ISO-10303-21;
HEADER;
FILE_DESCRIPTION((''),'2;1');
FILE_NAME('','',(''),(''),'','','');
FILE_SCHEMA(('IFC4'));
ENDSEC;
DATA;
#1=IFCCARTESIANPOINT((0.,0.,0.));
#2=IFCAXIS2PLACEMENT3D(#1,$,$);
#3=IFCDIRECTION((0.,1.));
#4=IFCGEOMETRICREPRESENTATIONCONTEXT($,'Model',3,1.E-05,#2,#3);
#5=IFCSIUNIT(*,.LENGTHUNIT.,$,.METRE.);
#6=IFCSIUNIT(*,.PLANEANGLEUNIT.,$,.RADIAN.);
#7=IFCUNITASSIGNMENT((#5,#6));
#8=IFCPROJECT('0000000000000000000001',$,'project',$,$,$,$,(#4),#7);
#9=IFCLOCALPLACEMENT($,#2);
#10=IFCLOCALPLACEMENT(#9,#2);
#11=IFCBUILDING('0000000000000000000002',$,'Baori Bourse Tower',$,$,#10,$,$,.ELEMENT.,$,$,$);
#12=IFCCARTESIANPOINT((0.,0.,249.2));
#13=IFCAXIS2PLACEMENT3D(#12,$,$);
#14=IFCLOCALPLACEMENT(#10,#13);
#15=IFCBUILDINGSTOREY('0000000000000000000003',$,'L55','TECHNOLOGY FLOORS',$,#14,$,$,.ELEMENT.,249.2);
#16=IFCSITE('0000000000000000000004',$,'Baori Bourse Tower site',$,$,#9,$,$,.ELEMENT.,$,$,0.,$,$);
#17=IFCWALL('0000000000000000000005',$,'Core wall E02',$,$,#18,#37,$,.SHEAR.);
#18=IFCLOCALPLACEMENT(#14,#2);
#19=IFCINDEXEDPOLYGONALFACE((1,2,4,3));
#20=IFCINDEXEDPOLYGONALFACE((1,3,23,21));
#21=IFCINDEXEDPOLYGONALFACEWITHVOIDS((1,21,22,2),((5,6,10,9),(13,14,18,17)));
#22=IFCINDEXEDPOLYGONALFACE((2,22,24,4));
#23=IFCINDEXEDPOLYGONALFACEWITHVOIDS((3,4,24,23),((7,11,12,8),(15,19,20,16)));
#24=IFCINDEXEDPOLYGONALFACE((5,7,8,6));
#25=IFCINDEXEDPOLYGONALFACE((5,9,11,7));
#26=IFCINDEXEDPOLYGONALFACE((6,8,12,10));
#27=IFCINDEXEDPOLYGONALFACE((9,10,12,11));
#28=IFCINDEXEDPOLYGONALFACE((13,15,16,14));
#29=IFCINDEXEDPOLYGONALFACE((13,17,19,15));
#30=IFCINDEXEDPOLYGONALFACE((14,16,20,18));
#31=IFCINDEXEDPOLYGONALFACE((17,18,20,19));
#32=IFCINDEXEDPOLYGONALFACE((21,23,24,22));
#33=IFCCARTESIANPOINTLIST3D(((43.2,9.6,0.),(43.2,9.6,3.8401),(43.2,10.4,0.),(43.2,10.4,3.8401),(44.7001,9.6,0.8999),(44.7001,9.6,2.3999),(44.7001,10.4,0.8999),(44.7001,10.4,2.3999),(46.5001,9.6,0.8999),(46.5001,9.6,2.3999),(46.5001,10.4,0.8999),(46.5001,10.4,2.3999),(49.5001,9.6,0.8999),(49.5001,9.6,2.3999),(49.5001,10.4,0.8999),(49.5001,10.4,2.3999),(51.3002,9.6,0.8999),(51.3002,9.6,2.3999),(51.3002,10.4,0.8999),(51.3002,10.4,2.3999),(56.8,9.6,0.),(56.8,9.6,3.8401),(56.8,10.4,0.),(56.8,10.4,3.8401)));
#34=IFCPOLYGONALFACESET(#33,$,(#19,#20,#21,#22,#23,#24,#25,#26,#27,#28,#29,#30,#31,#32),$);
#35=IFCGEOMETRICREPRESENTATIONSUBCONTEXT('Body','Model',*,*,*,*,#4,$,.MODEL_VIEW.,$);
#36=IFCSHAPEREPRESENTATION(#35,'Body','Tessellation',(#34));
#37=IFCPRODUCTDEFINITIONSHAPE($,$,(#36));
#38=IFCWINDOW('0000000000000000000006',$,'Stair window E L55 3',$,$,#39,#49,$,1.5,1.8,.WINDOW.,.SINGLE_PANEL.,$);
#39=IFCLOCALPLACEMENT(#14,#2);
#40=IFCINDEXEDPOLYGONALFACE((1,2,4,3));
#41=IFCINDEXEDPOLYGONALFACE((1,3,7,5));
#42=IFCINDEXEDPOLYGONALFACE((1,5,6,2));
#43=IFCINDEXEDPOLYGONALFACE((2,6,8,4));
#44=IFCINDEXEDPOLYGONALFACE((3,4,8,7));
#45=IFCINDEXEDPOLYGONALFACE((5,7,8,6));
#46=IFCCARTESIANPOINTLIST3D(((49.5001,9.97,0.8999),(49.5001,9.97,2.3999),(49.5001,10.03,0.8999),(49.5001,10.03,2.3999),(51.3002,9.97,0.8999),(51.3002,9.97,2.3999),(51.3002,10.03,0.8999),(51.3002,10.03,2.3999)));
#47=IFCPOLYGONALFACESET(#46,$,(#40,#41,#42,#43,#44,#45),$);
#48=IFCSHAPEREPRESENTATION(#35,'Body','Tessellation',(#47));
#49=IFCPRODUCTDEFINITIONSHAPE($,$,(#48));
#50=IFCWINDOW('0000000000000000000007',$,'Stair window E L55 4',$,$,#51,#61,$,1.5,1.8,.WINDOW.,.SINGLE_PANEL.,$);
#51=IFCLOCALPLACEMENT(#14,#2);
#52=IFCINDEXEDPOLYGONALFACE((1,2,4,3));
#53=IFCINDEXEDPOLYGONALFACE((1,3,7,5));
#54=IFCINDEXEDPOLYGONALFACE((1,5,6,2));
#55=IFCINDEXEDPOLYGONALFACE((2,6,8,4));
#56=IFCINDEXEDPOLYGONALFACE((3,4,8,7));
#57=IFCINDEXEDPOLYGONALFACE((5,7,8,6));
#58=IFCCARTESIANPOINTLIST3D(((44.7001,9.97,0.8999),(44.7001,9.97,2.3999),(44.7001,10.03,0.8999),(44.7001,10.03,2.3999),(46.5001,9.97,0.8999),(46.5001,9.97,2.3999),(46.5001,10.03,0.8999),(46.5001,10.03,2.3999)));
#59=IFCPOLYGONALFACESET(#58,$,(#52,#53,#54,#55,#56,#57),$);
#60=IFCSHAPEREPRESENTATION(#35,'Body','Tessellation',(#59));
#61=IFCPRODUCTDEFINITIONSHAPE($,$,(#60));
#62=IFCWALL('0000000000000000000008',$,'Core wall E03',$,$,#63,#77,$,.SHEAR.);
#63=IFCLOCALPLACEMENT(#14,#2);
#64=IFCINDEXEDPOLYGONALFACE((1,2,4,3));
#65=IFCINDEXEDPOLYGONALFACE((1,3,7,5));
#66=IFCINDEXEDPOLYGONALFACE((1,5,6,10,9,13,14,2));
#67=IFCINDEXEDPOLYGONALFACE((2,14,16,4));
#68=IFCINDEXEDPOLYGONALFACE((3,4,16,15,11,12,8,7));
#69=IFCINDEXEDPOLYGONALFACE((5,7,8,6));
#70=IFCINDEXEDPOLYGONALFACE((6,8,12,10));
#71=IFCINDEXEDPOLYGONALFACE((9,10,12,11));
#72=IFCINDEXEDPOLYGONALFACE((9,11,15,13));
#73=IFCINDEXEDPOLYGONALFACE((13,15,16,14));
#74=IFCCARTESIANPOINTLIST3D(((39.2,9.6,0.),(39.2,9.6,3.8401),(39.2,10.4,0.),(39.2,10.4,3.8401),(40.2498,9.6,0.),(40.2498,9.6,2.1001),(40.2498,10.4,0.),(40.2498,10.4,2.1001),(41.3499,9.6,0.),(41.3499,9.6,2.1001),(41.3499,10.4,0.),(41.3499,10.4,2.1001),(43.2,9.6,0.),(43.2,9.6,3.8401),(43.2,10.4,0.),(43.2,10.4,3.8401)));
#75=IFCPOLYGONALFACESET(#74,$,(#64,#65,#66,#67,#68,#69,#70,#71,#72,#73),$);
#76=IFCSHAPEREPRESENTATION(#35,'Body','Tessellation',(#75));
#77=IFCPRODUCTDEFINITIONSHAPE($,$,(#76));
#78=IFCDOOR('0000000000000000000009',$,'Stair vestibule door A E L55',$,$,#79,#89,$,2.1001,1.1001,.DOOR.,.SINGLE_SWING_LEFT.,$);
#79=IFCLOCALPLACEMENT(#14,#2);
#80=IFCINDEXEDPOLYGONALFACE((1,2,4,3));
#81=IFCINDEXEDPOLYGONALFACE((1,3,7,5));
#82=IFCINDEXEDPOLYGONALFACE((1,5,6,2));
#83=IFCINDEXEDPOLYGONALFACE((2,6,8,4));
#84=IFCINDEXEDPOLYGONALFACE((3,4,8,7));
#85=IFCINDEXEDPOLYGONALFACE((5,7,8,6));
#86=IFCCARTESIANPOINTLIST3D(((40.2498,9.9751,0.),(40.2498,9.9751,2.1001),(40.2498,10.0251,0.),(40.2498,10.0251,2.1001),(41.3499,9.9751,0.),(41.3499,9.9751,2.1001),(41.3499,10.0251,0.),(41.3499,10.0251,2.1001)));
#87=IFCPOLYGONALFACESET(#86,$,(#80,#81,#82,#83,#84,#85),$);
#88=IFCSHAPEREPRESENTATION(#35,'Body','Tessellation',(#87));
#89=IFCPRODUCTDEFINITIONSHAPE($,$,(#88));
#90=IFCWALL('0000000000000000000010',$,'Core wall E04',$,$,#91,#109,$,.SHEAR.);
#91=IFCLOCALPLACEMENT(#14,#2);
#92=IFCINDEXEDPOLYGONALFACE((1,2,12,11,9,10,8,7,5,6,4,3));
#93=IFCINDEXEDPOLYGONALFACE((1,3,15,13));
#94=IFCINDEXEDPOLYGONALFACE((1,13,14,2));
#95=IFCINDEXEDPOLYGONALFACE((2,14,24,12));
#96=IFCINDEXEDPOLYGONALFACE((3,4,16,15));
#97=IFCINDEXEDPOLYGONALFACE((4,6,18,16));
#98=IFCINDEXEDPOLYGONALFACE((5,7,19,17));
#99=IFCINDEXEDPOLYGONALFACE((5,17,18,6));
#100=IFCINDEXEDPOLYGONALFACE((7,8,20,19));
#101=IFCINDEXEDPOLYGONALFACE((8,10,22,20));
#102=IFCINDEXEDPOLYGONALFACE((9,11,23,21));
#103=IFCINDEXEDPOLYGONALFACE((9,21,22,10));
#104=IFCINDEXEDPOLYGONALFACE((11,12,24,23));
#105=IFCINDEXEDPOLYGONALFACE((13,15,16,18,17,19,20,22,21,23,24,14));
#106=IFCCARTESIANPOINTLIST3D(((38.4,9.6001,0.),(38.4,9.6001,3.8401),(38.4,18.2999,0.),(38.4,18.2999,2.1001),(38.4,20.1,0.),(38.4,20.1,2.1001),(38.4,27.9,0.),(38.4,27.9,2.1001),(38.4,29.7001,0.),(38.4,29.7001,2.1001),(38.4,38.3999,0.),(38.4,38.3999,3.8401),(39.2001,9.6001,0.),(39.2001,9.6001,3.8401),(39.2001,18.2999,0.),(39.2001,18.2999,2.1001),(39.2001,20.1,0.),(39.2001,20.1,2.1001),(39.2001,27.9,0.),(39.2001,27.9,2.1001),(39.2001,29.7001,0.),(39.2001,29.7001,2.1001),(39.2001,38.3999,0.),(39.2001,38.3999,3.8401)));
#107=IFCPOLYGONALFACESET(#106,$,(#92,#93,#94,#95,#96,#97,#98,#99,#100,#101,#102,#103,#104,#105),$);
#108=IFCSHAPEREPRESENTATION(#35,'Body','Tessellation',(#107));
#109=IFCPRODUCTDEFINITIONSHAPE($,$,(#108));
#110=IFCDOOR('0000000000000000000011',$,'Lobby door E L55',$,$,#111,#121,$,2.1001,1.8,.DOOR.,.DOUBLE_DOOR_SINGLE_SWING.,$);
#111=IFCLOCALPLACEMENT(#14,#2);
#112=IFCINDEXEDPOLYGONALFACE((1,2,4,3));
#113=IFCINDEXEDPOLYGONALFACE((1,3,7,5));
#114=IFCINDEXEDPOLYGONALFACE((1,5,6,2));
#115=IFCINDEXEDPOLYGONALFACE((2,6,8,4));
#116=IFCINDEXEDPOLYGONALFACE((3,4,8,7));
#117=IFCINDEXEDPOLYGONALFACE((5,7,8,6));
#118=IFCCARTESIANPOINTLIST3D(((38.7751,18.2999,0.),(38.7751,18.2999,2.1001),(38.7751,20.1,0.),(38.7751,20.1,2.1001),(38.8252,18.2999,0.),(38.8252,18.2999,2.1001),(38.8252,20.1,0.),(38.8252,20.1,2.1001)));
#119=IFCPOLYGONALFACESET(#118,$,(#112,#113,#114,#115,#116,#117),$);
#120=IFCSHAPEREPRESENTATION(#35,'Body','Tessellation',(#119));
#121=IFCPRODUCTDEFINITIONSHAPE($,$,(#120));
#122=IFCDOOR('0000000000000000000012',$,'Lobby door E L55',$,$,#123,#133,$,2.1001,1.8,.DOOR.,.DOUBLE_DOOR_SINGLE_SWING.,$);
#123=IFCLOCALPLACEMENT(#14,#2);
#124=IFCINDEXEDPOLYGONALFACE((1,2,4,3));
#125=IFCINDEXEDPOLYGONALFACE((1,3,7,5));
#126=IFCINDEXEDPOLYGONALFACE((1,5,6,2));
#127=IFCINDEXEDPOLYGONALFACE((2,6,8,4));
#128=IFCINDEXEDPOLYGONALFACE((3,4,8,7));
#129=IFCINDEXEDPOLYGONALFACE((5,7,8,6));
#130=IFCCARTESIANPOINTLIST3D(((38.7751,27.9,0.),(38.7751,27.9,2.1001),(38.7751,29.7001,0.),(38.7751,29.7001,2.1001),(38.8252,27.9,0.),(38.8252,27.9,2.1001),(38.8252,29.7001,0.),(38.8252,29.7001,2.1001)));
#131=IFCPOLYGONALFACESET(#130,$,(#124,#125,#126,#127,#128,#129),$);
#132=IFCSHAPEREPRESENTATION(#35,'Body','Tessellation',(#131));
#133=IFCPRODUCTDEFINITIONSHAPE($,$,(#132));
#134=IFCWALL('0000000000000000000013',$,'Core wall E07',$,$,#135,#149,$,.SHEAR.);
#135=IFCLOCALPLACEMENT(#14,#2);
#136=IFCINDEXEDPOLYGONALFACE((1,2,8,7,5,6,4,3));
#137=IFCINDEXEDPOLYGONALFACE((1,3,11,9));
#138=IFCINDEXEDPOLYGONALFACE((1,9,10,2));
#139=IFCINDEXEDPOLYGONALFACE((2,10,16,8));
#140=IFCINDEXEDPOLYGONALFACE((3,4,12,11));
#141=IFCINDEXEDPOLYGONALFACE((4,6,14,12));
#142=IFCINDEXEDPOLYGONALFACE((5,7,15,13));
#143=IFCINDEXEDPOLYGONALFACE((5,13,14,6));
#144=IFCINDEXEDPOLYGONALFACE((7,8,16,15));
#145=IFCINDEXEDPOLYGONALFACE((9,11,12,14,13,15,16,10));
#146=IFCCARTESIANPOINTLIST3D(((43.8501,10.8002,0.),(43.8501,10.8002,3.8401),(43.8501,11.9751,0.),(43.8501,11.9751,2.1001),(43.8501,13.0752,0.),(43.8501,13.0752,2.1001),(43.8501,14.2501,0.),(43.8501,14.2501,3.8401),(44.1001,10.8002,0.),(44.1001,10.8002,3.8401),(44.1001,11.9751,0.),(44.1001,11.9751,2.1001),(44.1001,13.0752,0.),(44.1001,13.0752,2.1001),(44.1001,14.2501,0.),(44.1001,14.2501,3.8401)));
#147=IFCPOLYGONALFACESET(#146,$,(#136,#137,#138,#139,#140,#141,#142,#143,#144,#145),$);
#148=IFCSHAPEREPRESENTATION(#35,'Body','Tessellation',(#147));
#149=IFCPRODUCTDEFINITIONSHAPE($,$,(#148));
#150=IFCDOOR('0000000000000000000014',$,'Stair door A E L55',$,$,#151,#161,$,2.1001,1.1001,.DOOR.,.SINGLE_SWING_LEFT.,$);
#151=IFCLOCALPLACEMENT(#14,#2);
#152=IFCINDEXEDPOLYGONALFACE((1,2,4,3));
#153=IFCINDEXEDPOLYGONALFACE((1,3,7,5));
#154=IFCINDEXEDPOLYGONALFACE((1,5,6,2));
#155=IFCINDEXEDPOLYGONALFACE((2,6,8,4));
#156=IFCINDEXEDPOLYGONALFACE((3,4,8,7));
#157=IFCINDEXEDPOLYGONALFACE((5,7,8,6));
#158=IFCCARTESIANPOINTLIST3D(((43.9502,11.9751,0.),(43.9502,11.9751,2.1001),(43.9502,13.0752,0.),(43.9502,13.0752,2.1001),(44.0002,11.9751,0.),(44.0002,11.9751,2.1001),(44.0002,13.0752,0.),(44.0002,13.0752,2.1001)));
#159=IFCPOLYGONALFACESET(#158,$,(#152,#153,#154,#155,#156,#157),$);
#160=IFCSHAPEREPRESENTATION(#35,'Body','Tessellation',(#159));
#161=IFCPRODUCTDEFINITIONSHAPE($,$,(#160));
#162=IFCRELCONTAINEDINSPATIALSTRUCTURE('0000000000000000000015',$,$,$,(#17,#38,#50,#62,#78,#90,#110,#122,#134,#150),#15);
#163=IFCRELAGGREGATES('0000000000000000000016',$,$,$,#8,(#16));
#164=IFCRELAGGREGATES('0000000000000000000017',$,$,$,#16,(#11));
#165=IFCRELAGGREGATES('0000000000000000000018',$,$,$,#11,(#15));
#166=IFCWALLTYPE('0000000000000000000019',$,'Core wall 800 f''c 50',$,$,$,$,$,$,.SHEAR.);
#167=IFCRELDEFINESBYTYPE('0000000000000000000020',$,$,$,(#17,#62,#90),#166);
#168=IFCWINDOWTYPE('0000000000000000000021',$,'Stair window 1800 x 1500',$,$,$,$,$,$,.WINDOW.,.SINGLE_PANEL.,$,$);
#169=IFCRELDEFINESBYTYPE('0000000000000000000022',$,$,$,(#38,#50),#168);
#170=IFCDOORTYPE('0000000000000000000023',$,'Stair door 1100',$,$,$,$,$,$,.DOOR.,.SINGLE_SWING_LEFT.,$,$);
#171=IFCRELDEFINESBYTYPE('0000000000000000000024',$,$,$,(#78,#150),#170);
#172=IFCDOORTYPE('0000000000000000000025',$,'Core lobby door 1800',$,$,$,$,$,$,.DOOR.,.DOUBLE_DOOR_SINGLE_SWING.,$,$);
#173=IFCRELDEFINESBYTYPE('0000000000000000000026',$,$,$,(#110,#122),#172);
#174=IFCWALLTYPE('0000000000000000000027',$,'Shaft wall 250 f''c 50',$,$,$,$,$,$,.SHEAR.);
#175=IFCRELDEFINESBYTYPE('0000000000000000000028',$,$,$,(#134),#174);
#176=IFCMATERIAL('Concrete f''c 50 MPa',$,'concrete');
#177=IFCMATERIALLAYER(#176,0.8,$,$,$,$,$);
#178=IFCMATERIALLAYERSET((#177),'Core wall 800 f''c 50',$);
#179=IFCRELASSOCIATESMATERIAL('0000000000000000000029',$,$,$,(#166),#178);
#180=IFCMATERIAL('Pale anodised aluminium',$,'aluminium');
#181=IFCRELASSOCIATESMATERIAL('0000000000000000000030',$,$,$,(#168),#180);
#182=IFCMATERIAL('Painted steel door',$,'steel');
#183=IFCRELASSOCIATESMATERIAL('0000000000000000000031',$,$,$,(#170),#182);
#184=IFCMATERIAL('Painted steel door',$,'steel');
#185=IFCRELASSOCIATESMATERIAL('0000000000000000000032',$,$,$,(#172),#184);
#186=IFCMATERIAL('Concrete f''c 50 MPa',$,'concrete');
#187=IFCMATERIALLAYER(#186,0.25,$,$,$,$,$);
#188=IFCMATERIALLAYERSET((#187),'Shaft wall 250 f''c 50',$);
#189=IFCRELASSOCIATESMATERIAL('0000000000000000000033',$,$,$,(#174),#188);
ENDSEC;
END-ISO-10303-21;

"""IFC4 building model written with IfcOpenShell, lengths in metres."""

from ifc_helpers import new_model, si_unit, direction, frame, frame_2d, origin, place, context, subcontext, project, spatial, rectangle, extrude, material, layer, layer_set, type_object, element, fill, save


model = new_model("IFC4")

# Units and contexts
model_context = context("Model", 3, precision=1e-05, world=origin(), true_north=direction((0.0, 1.0)))
body_context = subcontext(model_context, "Body", "Model", "MODEL_VIEW")
ifc_project = project(units=[si_unit("LENGTHUNIT", "METRE"), si_unit("PLANEANGLEUNIT", "RADIAN")], contexts=[model_context])

# Site, building, storey
site_placement = place(None, origin())
site = spatial("IfcSite", under=ifc_project, at=site_placement, Name="Baori Bourse Tower site", CompositionType="ELEMENT", RefElevation=0.0)
building_placement = place(site_placement, origin())
building = spatial("IfcBuilding", under=site, at=building_placement, Name="Baori Bourse Tower", CompositionType="ELEMENT")
storey_placement = place(building_placement, frame((0.0, 0.0, 249.2)))
storey = spatial("IfcBuildingStorey", under=building, at=storey_placement, Name="L55", Description="TECHNOLOGY FLOORS", CompositionType="ELEMENT", Elevation=249.2)

# Wall, openings, windows
ifc_material_1 = material(Name="Concrete f'c 50 MPa", Category="concrete")
ifc_layer_1 = layer(ifc_material_1, 0.8)
ifc_layer_set_1 = layer_set([ifc_layer_1], Name="Core wall 800 f'c 50")
wall_type_1 = type_object("IfcWallType", Name="Core wall 800 f'c 50", PredefinedType="SHEAR", material=ifc_layer_set_1)
wall_1_placement = place(storey_placement, frame((56.8, 10.0, 0.0), z_axis=(0.0, 0.0, 1.0), x_axis=(-1.0, 0.0, 0.0)))
wall_1 = element("IfcWall", 1, at=wall_1_placement, inside=storey, type_object=wall_type_1, Name="Core wall E02", PredefinedType="SHEAR", context=body_context, shape_type="SweptSolid", body=[
    extrude(rectangle(XDim=13.6001, YDim=0.8, at=frame_2d((6.8, 0.0))), origin(), (0.0, 0.0, 1.0), 3.8401),
])
opening_1_placement = place(wall_1_placement, frame((5.5, 0.0, 0.8999)))
opening_1 = element("IfcOpeningElement", 2, at=opening_1_placement, cuts=wall_1, PredefinedType="OPENING", context=body_context, shape_type="SweptSolid", body=[
    extrude(rectangle(XDim=1.8, YDim=1.5, at=frame_2d((0.8999, 0.75))), frame((0.0, 0.4099, 0.0), z_axis=(0.0, -1.0, 0.0), x_axis=(1.0, 0.0, 0.0)), (0.0, 0.0, 1.0), 0.8201),
])
opening_2_placement = place(wall_1_placement, frame((10.3, 0.0, 0.8999)))
opening_2 = element("IfcOpeningElement", 3, at=opening_2_placement, cuts=wall_1, PredefinedType="OPENING", context=body_context, shape_type="SweptSolid", body=[
    extrude(rectangle(XDim=1.8, YDim=1.5, at=frame_2d((0.8999, 0.75))), frame((0.0, 0.4099, 0.0), z_axis=(0.0, -1.0, 0.0), x_axis=(1.0, 0.0, 0.0)), (0.0, 0.0, 1.0), 0.8201),
])
ifc_material_2 = material(Name="Pale anodised aluminium", Category="aluminium")
window_type = type_object("IfcWindowType", Name="Stair window 1800 x 1500", PartitioningType="SINGLE_PANEL", PredefinedType="WINDOW", material=ifc_material_2)
window_1_placement = place(opening_1_placement, origin())
window_1 = element("IfcWindow", 4, at=window_1_placement, inside=storey, type_object=window_type, Name="Stair window E L55 3", OverallHeight=1.5, OverallWidth=1.8, PartitioningType="SINGLE_PANEL", PredefinedType="WINDOW", context=body_context, shape_type="SweptSolid", body=[
    extrude(rectangle(XDim=1.8, YDim=1.5, at=frame_2d((0.8999, 0.75))), frame((0.0, 0.03, 0.0), z_axis=(0.0, -1.0, 0.0), x_axis=(1.0, 0.0, 0.0)), (0.0, 0.0, 1.0), 0.0601),
])
fill(opening_1, window_1)
window_2_placement = place(opening_2_placement, origin())
window_2 = element("IfcWindow", 5, at=window_2_placement, inside=storey, type_object=window_type, Name="Stair window E L55 4", OverallHeight=1.5, OverallWidth=1.8, PartitioningType="SINGLE_PANEL", PredefinedType="WINDOW", context=body_context, shape_type="SweptSolid", body=[
    extrude(rectangle(XDim=1.8, YDim=1.5, at=frame_2d((0.8999, 0.75))), frame((0.0, 0.03, 0.0), z_axis=(0.0, -1.0, 0.0), x_axis=(1.0, 0.0, 0.0)), (0.0, 0.0, 1.0), 0.0601),
])
fill(opening_2, window_2)

# Wall, opening, door
wall_2_placement = place(storey_placement, frame((43.2, 10.0, 0.0), z_axis=(0.0, 0.0, 1.0), x_axis=(-1.0, 0.0, 0.0)))
wall_2 = element("IfcWall", 6, at=wall_2_placement, inside=storey, type_object=wall_type_1, Name="Core wall E03", PredefinedType="SHEAR", context=body_context, shape_type="SweptSolid", body=[
    extrude(rectangle(XDim=4.0, YDim=0.8, at=frame_2d((2.0, 0.0))), origin(), (0.0, 0.0, 1.0), 3.8401),
])
opening_3_placement = place(wall_2_placement, frame((1.8501, 0.0, 0.0)))
opening_3 = element("IfcOpeningElement", 7, at=opening_3_placement, cuts=wall_2, PredefinedType="OPENING", context=body_context, shape_type="SweptSolid", body=[
    extrude(rectangle(XDim=1.1001, YDim=2.1001, at=frame_2d((0.55, 1.05))), frame((0.0, 0.4099, 0.0), z_axis=(0.0, -1.0, 0.0), x_axis=(1.0, 0.0, 0.0)), (0.0, 0.0, 1.0), 0.8201),
])
ifc_material_3 = material(Name="Painted steel door", Category="steel")
door_type_1 = type_object("IfcDoorType", Name="Stair door 1100", OperationType="SINGLE_SWING_LEFT", PredefinedType="DOOR", material=ifc_material_3)
door_1_placement = place(opening_3_placement, origin())
door_1 = element("IfcDoor", 8, at=door_1_placement, inside=storey, type_object=door_type_1, Name="Stair vestibule door A E L55", OperationType="SINGLE_SWING_LEFT", OverallHeight=2.1001, OverallWidth=1.1001, PredefinedType="DOOR", context=body_context, shape_type="SweptSolid", body=[
    extrude(rectangle(XDim=1.1001, YDim=2.1001, at=frame_2d((0.55, 1.05))), frame((0.0, 0.0249, 0.0), z_axis=(0.0, -1.0, 0.0), x_axis=(1.0, 0.0, 0.0)), (0.0, 0.0, 1.0), 0.05),
])
fill(opening_3, door_1)

# Wall, openings, doors
wall_3_placement = place(storey_placement, frame((38.8, 9.6001, 0.0), z_axis=(0.0, 0.0, 1.0), x_axis=(0.0, 1.0, 0.0)))
wall_3 = element("IfcWall", 9, at=wall_3_placement, inside=storey, type_object=wall_type_1, Name="Core wall E04", PredefinedType="SHEAR", context=body_context, shape_type="SweptSolid", body=[
    extrude(rectangle(XDim=28.7998, YDim=0.8, at=frame_2d((14.3999, 0.0))), origin(), (0.0, 0.0, 1.0), 3.8401),
])
opening_4_placement = place(wall_3_placement, frame((8.7, 0.0, 0.0)))
opening_4 = element("IfcOpeningElement", 10, at=opening_4_placement, cuts=wall_3, PredefinedType="OPENING", context=body_context, shape_type="SweptSolid", body=[
    extrude(rectangle(XDim=1.8, YDim=2.1001, at=frame_2d((0.8999, 1.05))), frame((0.0, 0.4099, 0.0), z_axis=(0.0, -1.0, 0.0), x_axis=(1.0, 0.0, 0.0)), (0.0, 0.0, 1.0), 0.8201),
])
opening_5_placement = place(wall_3_placement, frame((18.3, 0.0, 0.0)))
opening_5 = element("IfcOpeningElement", 11, at=opening_5_placement, cuts=wall_3, PredefinedType="OPENING", context=body_context, shape_type="SweptSolid", body=[
    extrude(rectangle(XDim=1.8, YDim=2.1001, at=frame_2d((0.8999, 1.05))), frame((0.0, 0.4099, 0.0), z_axis=(0.0, -1.0, 0.0), x_axis=(1.0, 0.0, 0.0)), (0.0, 0.0, 1.0), 0.8201),
])
ifc_material_4 = material(Name="Painted steel door", Category="steel")
door_type_2 = type_object("IfcDoorType", Name="Core lobby door 1800", OperationType="DOUBLE_DOOR_SINGLE_SWING", PredefinedType="DOOR", material=ifc_material_4)
door_2_placement = place(opening_4_placement, origin())
door_2 = element("IfcDoor", 12, at=door_2_placement, inside=storey, type_object=door_type_2, Name="Lobby door E L55", OperationType="DOUBLE_DOOR_SINGLE_SWING", OverallHeight=2.1001, OverallWidth=1.8, PredefinedType="DOOR", context=body_context, shape_type="SweptSolid", body=[
    extrude(rectangle(XDim=1.8, YDim=2.1001, at=frame_2d((0.8999, 1.05))), frame((0.0, 0.0249, 0.0), z_axis=(0.0, -1.0, 0.0), x_axis=(1.0, 0.0, 0.0)), (0.0, 0.0, 1.0), 0.05),
])
fill(opening_4, door_2)
door_3_placement = place(opening_5_placement, origin())
door_3 = element("IfcDoor", 13, at=door_3_placement, inside=storey, type_object=door_type_2, Name="Lobby door E L55", OperationType="DOUBLE_DOOR_SINGLE_SWING", OverallHeight=2.1001, OverallWidth=1.8, PredefinedType="DOOR", context=body_context, shape_type="SweptSolid", body=[
    extrude(rectangle(XDim=1.8, YDim=2.1001, at=frame_2d((0.8999, 1.05))), frame((0.0, 0.0249, 0.0), z_axis=(0.0, -1.0, 0.0), x_axis=(1.0, 0.0, 0.0)), (0.0, 0.0, 1.0), 0.05),
])
fill(opening_5, door_3)

# Wall, opening, door
ifc_material_5 = material(Name="Concrete f'c 50 MPa", Category="concrete")
ifc_layer_2 = layer(ifc_material_5, 0.25)
ifc_layer_set_2 = layer_set([ifc_layer_2], Name="Shaft wall 250 f'c 50")
wall_type_2 = type_object("IfcWallType", Name="Shaft wall 250 f'c 50", PredefinedType="SHEAR", material=ifc_layer_set_2)
wall_4_placement = place(storey_placement, frame((43.9751, 10.8, 0.0), z_axis=(0.0, 0.0, 1.0), x_axis=(0.0, 1.0, 0.0)))
wall_4 = element("IfcWall", 14, at=wall_4_placement, inside=storey, type_object=wall_type_2, Name="Core wall E07", PredefinedType="SHEAR", context=body_context, shape_type="SweptSolid", body=[
    extrude(rectangle(XDim=3.45, YDim=0.25, at=frame_2d((1.7251, 0.0))), origin(), (0.0, 0.0, 1.0), 3.8401),
])
opening_6_placement = place(wall_4_placement, frame((1.175, 0.0, 0.0)))
opening_6 = element("IfcOpeningElement", 15, at=opening_6_placement, cuts=wall_4, PredefinedType="OPENING", context=body_context, shape_type="SweptSolid", body=[
    extrude(rectangle(XDim=1.1001, YDim=2.1001, at=frame_2d((0.55, 1.05))), frame((0.0, 0.135, 0.0), z_axis=(0.0, -1.0, 0.0), x_axis=(1.0, 0.0, 0.0)), (0.0, 0.0, 1.0), 0.27),
])
door_4_placement = place(opening_6_placement, origin())
door_4 = element("IfcDoor", 16, at=door_4_placement, inside=storey, type_object=door_type_1, Name="Stair door A E L55", OperationType="SINGLE_SWING_LEFT", OverallHeight=2.1001, OverallWidth=1.1001, PredefinedType="DOOR", context=body_context, shape_type="SweptSolid", body=[
    extrude(rectangle(XDim=1.1001, YDim=2.1001, at=frame_2d((0.55, 1.05))), frame((0.0, 0.0249, 0.0), z_axis=(0.0, -1.0, 0.0), x_axis=(1.0, 0.0, 0.0)), (0.0, 0.0, 1.0), 0.05),
])
fill(opening_6, door_4)

save(model, "model.ifc")
